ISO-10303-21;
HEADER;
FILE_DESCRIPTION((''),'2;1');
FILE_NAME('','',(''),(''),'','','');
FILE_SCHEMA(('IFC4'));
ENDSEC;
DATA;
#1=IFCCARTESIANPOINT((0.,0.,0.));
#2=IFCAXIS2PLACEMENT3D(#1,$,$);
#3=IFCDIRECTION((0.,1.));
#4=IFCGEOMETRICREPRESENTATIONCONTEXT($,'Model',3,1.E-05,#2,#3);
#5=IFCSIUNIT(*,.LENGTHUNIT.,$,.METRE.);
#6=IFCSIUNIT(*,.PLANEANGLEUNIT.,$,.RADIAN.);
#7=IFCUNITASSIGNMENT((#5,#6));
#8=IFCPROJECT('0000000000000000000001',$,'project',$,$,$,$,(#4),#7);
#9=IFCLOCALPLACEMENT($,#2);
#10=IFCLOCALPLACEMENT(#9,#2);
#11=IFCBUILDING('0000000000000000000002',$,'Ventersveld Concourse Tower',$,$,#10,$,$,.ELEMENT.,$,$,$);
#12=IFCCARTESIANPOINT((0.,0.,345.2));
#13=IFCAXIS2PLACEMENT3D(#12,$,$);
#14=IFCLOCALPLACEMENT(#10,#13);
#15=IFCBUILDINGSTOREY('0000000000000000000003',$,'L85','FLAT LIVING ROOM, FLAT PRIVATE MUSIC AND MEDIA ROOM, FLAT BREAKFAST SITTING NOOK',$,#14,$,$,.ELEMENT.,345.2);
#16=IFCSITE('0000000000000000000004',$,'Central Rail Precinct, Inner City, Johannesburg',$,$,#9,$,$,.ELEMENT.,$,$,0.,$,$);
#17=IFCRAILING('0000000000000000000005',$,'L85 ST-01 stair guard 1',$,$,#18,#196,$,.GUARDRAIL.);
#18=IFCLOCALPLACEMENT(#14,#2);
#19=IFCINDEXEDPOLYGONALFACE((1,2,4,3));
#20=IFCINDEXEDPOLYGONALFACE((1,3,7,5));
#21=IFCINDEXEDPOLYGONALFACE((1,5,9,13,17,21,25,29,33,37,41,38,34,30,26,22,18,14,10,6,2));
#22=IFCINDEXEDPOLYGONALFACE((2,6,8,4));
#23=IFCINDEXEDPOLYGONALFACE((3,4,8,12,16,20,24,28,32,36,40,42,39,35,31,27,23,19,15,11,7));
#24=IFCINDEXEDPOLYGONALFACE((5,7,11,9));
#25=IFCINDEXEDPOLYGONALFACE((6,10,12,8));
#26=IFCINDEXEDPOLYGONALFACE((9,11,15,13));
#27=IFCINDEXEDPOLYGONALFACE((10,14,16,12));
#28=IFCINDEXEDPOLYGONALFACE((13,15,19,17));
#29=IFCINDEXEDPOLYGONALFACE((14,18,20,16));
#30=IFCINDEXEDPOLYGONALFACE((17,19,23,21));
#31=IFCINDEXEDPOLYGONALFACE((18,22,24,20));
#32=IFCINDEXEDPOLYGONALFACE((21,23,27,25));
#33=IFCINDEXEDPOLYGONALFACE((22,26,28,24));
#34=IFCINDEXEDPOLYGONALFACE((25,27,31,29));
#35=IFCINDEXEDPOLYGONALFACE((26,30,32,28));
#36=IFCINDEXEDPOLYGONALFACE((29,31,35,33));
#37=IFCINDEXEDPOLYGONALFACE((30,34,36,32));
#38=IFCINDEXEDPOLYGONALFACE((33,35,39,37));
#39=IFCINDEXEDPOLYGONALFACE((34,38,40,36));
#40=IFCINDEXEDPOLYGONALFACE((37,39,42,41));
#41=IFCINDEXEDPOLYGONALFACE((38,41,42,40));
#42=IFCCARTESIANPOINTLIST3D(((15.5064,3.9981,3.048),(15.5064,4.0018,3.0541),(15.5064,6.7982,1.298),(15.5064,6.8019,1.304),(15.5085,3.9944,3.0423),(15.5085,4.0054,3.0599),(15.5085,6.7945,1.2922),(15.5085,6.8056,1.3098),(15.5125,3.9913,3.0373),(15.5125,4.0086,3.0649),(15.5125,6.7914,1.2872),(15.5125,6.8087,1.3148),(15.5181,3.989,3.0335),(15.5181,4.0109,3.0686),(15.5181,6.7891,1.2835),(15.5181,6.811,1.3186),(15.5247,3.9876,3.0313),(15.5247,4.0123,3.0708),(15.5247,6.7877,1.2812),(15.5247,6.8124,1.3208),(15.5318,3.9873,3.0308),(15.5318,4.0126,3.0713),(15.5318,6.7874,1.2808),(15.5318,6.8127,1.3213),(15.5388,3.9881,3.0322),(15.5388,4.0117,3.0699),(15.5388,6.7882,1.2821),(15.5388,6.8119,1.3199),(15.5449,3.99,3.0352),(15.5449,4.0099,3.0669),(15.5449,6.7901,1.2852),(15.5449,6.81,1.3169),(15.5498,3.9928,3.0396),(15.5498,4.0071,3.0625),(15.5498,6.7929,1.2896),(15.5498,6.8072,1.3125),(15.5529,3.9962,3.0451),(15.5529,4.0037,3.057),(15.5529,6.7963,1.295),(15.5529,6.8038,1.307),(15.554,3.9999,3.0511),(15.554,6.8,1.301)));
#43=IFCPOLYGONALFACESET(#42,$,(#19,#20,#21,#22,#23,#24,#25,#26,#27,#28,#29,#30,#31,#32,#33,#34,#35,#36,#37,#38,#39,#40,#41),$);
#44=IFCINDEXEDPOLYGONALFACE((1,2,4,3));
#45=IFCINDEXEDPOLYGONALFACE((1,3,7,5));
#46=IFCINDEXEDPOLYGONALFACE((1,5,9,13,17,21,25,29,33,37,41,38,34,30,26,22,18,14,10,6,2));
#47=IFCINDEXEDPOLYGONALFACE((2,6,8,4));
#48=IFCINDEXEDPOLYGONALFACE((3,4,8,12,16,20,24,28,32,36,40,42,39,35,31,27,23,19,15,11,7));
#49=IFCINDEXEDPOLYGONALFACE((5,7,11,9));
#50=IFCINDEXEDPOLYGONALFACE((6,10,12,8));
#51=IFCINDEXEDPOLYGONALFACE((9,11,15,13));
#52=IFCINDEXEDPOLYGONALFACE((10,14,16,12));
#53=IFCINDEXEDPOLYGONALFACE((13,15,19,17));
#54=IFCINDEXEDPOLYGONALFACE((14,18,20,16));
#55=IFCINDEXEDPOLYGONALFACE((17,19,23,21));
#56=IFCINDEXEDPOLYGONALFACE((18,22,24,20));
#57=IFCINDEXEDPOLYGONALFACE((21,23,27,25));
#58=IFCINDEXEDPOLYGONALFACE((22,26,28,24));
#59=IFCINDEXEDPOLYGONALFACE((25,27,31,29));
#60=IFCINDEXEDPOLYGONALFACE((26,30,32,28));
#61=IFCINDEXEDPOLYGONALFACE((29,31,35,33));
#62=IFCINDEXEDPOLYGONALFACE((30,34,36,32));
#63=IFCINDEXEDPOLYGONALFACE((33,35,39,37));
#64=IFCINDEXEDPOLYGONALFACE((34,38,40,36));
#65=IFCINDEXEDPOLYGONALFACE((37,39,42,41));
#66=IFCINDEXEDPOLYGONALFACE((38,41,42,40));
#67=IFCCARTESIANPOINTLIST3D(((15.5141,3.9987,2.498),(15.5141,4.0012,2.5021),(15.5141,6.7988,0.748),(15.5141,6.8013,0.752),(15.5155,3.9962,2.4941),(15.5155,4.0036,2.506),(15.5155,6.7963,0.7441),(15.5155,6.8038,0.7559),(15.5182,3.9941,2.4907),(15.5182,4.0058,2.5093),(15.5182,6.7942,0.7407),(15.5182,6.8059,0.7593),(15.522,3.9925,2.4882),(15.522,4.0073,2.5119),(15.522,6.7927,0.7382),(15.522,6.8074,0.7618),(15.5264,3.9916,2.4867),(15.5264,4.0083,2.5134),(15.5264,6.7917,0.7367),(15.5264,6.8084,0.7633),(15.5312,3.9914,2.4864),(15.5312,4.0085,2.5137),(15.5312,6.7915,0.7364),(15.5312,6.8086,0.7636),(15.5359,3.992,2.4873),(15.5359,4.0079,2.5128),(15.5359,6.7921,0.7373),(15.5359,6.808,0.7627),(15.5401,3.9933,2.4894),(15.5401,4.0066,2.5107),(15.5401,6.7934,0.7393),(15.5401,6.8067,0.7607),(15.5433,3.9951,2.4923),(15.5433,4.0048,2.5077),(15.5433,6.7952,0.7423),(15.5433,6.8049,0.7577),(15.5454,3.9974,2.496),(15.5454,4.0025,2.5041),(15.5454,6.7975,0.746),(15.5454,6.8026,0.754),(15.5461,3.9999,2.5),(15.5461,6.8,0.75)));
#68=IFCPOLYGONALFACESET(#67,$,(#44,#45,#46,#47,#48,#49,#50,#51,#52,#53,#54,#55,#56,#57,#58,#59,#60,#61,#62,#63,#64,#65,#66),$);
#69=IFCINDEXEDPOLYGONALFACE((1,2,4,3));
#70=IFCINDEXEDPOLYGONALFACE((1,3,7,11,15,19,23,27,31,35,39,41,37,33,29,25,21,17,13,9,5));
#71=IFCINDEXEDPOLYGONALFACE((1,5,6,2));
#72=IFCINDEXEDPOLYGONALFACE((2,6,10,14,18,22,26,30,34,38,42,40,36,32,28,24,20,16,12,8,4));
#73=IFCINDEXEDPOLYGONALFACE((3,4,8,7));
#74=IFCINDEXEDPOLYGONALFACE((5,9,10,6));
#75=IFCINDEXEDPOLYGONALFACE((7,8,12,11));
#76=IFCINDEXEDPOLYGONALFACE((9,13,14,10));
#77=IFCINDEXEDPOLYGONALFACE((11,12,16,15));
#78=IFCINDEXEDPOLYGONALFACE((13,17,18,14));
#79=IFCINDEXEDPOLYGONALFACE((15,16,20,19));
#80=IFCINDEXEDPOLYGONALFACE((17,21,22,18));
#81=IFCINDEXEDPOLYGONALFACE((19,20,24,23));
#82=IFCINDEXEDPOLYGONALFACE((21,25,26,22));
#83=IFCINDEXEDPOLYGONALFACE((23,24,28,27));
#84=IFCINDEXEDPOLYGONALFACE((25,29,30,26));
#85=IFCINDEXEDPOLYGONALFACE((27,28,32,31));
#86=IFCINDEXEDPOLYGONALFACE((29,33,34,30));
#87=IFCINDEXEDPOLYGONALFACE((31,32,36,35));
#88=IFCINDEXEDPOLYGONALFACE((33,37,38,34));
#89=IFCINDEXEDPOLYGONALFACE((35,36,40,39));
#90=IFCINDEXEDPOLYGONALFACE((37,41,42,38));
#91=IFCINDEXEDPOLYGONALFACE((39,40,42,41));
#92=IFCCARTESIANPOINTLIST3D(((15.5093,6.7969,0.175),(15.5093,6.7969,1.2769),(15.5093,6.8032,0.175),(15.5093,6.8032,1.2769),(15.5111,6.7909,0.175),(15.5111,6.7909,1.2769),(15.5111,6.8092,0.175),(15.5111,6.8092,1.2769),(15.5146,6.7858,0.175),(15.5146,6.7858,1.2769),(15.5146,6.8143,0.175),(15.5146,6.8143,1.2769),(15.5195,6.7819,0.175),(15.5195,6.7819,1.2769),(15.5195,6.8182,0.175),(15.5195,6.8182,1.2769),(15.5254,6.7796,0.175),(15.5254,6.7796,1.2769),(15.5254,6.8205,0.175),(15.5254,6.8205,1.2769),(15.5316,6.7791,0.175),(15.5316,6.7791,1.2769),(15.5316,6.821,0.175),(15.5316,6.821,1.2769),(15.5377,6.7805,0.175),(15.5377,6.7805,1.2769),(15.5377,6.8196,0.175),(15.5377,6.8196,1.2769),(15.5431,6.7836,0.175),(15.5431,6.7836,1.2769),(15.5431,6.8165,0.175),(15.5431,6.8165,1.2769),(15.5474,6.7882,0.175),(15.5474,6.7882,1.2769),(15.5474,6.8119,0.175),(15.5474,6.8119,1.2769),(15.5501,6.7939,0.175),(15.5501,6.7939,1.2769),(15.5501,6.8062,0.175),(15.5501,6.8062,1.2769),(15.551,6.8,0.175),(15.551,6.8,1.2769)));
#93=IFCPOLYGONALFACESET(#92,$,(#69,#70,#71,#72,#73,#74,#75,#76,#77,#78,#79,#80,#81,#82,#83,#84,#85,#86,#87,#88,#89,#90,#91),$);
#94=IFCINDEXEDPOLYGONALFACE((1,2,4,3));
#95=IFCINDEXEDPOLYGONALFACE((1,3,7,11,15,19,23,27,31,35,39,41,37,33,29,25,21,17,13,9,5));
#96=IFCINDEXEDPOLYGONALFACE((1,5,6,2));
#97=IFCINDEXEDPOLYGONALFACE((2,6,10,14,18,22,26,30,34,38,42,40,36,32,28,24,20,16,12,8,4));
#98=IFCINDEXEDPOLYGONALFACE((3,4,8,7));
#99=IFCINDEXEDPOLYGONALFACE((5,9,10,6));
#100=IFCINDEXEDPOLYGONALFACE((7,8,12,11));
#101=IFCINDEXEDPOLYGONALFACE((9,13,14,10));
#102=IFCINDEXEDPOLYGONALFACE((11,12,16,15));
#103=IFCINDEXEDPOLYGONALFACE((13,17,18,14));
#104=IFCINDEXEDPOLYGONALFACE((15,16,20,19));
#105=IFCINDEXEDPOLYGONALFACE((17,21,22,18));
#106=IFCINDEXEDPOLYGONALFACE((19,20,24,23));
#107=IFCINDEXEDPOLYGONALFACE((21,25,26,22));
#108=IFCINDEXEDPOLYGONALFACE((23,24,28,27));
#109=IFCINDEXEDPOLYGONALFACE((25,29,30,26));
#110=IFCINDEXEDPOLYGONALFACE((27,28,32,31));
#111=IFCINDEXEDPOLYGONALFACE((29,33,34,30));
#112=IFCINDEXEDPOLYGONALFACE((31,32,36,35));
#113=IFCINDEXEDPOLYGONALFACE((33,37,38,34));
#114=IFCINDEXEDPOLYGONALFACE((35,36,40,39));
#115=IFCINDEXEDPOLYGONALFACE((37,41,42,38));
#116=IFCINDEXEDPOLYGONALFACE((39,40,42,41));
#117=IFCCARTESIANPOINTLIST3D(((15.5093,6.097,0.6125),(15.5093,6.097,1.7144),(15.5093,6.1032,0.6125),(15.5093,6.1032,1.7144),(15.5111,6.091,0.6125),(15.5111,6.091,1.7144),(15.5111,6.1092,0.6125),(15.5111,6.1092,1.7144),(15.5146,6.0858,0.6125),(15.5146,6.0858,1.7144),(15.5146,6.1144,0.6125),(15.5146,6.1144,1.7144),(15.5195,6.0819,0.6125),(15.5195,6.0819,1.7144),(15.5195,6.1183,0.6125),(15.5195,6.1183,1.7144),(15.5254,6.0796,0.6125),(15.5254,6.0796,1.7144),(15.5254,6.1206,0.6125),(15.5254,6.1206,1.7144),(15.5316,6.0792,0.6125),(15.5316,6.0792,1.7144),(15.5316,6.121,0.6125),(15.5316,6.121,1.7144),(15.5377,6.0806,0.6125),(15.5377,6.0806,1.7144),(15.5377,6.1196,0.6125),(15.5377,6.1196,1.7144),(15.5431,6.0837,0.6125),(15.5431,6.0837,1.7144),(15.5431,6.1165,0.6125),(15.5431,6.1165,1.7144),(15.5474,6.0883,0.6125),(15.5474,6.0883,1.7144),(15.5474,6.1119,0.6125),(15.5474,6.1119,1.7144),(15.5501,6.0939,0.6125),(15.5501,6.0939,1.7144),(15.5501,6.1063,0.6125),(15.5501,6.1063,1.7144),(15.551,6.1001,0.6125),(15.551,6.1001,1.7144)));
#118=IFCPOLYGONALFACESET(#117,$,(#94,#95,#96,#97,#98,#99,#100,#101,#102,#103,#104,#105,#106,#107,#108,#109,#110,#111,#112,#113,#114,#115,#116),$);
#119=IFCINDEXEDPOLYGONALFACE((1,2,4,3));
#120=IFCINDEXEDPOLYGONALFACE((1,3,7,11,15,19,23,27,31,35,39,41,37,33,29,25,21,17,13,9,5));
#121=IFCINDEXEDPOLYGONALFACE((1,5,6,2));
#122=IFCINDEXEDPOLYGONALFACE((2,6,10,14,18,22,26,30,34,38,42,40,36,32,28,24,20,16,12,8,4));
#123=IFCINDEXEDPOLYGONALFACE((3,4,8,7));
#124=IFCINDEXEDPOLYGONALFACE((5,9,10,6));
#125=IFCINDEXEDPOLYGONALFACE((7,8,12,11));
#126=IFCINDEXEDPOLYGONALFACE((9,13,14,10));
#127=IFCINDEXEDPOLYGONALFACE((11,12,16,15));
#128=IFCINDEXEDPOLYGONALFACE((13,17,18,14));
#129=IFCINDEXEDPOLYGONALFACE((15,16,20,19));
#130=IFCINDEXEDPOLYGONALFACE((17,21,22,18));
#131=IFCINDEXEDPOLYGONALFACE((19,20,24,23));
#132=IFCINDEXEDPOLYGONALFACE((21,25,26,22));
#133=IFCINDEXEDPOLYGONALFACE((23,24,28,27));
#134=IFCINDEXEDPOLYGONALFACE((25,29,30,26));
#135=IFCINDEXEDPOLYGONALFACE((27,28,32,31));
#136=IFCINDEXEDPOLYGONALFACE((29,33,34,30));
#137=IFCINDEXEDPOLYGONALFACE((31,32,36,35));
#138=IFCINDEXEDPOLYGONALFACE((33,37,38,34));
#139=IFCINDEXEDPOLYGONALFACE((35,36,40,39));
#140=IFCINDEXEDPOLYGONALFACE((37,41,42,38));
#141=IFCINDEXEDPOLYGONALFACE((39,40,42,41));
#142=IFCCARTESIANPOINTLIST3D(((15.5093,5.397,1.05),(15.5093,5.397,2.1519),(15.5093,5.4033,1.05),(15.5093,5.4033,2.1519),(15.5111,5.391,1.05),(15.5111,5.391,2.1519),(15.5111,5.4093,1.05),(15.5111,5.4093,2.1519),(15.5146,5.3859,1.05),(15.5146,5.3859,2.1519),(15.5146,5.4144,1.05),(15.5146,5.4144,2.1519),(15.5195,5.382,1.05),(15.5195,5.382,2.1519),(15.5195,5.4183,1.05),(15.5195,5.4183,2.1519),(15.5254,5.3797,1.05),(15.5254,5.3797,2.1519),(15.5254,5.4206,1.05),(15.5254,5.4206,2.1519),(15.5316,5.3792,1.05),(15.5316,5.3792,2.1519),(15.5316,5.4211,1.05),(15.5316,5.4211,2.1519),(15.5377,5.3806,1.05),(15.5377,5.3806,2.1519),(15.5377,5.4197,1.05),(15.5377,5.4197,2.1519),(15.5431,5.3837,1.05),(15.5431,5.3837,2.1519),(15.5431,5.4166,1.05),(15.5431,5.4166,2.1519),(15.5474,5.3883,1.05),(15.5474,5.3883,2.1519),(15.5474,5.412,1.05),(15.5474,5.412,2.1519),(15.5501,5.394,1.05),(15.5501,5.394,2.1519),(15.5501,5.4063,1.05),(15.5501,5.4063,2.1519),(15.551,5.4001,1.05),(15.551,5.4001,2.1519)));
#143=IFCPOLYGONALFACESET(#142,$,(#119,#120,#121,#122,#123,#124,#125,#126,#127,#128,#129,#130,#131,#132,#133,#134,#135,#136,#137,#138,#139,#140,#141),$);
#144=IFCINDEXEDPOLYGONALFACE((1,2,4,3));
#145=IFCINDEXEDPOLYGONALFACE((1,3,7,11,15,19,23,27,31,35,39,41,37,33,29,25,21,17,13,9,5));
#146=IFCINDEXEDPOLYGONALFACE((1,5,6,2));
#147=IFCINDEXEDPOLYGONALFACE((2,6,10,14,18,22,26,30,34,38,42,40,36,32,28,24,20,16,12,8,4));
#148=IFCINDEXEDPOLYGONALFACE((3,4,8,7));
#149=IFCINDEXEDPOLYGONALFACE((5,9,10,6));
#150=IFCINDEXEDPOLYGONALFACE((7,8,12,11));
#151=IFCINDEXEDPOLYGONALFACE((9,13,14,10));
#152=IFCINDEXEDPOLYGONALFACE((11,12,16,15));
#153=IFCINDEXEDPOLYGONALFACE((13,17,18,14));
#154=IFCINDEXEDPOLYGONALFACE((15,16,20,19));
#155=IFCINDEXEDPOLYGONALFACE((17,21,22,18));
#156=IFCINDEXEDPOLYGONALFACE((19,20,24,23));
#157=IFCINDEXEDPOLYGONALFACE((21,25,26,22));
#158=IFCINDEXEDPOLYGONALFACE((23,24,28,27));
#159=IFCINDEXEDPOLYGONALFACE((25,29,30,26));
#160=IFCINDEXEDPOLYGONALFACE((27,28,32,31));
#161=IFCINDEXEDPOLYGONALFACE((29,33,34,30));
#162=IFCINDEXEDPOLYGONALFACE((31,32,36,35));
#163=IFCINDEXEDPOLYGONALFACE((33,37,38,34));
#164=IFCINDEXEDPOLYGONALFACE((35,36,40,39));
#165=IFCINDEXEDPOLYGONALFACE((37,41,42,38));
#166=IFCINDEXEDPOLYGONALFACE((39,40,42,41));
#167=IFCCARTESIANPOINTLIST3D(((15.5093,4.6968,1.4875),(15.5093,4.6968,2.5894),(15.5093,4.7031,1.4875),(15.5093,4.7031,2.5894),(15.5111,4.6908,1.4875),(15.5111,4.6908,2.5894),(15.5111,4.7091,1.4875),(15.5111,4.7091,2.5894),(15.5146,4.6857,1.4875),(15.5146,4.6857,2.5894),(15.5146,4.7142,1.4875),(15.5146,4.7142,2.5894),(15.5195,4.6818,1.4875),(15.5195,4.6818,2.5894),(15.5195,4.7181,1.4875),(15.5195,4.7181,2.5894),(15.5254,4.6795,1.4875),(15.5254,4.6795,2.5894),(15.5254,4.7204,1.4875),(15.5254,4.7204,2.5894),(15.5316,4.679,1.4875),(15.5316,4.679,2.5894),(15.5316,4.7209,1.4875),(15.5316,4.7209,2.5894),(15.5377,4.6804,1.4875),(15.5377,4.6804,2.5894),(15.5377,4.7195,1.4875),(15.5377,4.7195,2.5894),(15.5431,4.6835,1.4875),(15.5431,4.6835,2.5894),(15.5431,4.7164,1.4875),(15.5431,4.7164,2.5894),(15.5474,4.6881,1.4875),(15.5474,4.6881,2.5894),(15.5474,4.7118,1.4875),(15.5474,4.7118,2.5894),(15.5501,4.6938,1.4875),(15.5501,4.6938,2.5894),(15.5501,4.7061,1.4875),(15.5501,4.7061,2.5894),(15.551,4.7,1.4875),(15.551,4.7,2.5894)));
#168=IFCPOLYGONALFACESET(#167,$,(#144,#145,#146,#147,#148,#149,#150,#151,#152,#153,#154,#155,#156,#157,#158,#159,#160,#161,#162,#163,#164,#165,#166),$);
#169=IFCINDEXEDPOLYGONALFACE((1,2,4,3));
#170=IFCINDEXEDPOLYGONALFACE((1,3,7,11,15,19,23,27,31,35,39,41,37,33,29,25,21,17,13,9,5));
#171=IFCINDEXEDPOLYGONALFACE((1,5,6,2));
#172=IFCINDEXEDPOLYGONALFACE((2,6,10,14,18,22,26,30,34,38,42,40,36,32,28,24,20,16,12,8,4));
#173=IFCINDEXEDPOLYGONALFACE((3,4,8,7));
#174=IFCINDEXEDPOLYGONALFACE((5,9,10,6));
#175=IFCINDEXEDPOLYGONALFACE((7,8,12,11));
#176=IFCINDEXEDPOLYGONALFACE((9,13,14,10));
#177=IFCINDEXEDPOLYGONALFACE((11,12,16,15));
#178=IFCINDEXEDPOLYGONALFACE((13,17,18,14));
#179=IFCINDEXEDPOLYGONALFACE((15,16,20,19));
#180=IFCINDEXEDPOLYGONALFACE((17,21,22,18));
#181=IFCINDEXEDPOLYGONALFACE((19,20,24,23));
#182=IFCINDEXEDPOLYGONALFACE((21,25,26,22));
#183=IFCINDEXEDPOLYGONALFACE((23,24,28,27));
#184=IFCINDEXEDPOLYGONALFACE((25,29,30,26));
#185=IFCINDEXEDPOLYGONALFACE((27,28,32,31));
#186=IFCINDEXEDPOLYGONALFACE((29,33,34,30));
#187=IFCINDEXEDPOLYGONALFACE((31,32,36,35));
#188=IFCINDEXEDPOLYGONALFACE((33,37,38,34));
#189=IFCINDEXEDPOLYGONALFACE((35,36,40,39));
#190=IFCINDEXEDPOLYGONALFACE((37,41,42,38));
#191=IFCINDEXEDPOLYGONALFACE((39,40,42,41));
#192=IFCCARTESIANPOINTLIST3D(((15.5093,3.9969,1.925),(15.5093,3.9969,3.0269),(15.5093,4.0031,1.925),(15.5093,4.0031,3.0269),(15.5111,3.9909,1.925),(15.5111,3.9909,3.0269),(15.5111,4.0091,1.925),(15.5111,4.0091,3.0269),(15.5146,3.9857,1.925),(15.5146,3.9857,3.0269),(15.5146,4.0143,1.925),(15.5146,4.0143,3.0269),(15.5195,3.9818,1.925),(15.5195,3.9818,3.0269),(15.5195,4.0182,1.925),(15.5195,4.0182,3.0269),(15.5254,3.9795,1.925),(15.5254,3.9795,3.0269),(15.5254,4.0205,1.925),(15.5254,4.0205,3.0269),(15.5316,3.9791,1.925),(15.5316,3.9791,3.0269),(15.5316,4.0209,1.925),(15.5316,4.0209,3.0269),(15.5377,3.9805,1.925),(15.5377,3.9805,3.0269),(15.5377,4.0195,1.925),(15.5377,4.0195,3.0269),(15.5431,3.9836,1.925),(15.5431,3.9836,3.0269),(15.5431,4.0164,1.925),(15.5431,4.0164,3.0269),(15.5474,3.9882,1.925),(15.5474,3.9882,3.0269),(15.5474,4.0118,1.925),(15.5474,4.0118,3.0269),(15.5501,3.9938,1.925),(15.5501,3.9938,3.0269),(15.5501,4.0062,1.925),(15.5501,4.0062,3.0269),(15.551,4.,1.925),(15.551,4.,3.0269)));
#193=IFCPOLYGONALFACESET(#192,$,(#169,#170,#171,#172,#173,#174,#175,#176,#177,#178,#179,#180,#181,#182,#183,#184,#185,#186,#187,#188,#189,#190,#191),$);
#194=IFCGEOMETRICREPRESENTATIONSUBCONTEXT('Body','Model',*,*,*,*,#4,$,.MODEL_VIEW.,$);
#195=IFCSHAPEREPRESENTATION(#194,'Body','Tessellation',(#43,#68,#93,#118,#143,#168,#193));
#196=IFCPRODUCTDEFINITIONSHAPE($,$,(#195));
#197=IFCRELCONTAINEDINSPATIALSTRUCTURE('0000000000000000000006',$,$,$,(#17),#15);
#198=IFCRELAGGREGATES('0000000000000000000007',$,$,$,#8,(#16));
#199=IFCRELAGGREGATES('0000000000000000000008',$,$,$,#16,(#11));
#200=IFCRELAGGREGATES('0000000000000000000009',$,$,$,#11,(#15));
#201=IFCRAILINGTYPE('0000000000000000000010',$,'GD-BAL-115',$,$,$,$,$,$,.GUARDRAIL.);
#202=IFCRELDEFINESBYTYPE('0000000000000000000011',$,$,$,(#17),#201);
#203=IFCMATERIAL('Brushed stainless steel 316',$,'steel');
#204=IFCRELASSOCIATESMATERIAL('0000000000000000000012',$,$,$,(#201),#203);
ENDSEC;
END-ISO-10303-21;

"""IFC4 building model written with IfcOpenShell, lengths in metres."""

from ifc_helpers import new_model, si_unit, direction, frame, origin, origin_2d, place, context, subcontext, project, spatial, circle, extrude, material, type_object, element, save


model = new_model("IFC4")

# Units and contexts
model_context = context("Model", 3, precision=1e-05, world=origin(), true_north=direction((0.0, 1.0)))
body_context = subcontext(model_context, "Body", "Model", "MODEL_VIEW")
ifc_project = project(units=[si_unit("LENGTHUNIT", "METRE"), si_unit("PLANEANGLEUNIT", "RADIAN")], contexts=[model_context])

# Site, building, storey
site_placement = place(None, origin())
site = spatial("IfcSite", under=ifc_project, at=site_placement, Name="Central Rail Precinct, Inner City, Johannesburg", CompositionType="ELEMENT", RefElevation=0.0)
building_placement = place(site_placement, origin())
building = spatial("IfcBuilding", under=site, at=building_placement, Name="Ventersveld Concourse Tower", CompositionType="ELEMENT")
storey_placement = place(building_placement, frame((0.0, 0.0, 345.2)))
storey = spatial("IfcBuildingStorey", under=building, at=storey_placement, Name="L85", Description="FLAT LIVING ROOM, FLAT PRIVATE MUSIC AND MEDIA ROOM, FLAT BREAKFAST SITTING NOOK", CompositionType="ELEMENT", Elevation=345.2)

# Railing
ifc_material_1 = material(Name="Brushed stainless steel 316", Category="steel")
railing_type_1 = type_object("IfcRailingType", Name="GD-BAL-115", PredefinedType="GUARDRAIL", material=ifc_material_1)
railing_1_placement = place(storey_placement, frame((15.53, 6.8, 0.175)))
element("IfcRailing", 1, at=railing_1_placement, inside=storey, type_object=railing_type_1, Name="L85 ST-01 stair guard 1", PredefinedType="GUARDRAIL", context=body_context, shape_type="SweptSolid", body=[
    extrude(circle(Radius=0.0239, at=origin_2d()), frame((0.0, 0.0, 1.126), z_axis=(0.0, -0.848002, 0.529992), x_axis=(1.0, 0.0, 0.0)), (0.0, 0.0, 1.0), 3.302),
    extrude(circle(Radius=0.0161, at=origin_2d()), frame((0.0, 0.0, 0.575), z_axis=(0.0, -0.848002, 0.529992), x_axis=(1.0, 0.0, 0.0)), (0.0, 0.0, 1.0), 3.302),
    extrude(circle(Radius=0.021, at=origin_2d()), origin(), (0.0, 0.0, 1.0), 1.1018),
    extrude(circle(Radius=0.021, at=origin_2d()), frame((0.0, -0.7, 0.4375)), (0.0, 0.0, 1.0), 1.1018),
    extrude(circle(Radius=0.021, at=origin_2d()), frame((0.0, -1.3999, 0.875)), (0.0, 0.0, 1.0), 1.1018),
    extrude(circle(Radius=0.021, at=origin_2d()), frame((0.0, -2.1001, 1.3125)), (0.0, 0.0, 1.0), 1.1018),
    extrude(circle(Radius=0.021, at=origin_2d()), frame((0.0, -2.8, 1.75)), (0.0, 0.0, 1.0), 1.1018),
])

save(model, "model.ifc")
